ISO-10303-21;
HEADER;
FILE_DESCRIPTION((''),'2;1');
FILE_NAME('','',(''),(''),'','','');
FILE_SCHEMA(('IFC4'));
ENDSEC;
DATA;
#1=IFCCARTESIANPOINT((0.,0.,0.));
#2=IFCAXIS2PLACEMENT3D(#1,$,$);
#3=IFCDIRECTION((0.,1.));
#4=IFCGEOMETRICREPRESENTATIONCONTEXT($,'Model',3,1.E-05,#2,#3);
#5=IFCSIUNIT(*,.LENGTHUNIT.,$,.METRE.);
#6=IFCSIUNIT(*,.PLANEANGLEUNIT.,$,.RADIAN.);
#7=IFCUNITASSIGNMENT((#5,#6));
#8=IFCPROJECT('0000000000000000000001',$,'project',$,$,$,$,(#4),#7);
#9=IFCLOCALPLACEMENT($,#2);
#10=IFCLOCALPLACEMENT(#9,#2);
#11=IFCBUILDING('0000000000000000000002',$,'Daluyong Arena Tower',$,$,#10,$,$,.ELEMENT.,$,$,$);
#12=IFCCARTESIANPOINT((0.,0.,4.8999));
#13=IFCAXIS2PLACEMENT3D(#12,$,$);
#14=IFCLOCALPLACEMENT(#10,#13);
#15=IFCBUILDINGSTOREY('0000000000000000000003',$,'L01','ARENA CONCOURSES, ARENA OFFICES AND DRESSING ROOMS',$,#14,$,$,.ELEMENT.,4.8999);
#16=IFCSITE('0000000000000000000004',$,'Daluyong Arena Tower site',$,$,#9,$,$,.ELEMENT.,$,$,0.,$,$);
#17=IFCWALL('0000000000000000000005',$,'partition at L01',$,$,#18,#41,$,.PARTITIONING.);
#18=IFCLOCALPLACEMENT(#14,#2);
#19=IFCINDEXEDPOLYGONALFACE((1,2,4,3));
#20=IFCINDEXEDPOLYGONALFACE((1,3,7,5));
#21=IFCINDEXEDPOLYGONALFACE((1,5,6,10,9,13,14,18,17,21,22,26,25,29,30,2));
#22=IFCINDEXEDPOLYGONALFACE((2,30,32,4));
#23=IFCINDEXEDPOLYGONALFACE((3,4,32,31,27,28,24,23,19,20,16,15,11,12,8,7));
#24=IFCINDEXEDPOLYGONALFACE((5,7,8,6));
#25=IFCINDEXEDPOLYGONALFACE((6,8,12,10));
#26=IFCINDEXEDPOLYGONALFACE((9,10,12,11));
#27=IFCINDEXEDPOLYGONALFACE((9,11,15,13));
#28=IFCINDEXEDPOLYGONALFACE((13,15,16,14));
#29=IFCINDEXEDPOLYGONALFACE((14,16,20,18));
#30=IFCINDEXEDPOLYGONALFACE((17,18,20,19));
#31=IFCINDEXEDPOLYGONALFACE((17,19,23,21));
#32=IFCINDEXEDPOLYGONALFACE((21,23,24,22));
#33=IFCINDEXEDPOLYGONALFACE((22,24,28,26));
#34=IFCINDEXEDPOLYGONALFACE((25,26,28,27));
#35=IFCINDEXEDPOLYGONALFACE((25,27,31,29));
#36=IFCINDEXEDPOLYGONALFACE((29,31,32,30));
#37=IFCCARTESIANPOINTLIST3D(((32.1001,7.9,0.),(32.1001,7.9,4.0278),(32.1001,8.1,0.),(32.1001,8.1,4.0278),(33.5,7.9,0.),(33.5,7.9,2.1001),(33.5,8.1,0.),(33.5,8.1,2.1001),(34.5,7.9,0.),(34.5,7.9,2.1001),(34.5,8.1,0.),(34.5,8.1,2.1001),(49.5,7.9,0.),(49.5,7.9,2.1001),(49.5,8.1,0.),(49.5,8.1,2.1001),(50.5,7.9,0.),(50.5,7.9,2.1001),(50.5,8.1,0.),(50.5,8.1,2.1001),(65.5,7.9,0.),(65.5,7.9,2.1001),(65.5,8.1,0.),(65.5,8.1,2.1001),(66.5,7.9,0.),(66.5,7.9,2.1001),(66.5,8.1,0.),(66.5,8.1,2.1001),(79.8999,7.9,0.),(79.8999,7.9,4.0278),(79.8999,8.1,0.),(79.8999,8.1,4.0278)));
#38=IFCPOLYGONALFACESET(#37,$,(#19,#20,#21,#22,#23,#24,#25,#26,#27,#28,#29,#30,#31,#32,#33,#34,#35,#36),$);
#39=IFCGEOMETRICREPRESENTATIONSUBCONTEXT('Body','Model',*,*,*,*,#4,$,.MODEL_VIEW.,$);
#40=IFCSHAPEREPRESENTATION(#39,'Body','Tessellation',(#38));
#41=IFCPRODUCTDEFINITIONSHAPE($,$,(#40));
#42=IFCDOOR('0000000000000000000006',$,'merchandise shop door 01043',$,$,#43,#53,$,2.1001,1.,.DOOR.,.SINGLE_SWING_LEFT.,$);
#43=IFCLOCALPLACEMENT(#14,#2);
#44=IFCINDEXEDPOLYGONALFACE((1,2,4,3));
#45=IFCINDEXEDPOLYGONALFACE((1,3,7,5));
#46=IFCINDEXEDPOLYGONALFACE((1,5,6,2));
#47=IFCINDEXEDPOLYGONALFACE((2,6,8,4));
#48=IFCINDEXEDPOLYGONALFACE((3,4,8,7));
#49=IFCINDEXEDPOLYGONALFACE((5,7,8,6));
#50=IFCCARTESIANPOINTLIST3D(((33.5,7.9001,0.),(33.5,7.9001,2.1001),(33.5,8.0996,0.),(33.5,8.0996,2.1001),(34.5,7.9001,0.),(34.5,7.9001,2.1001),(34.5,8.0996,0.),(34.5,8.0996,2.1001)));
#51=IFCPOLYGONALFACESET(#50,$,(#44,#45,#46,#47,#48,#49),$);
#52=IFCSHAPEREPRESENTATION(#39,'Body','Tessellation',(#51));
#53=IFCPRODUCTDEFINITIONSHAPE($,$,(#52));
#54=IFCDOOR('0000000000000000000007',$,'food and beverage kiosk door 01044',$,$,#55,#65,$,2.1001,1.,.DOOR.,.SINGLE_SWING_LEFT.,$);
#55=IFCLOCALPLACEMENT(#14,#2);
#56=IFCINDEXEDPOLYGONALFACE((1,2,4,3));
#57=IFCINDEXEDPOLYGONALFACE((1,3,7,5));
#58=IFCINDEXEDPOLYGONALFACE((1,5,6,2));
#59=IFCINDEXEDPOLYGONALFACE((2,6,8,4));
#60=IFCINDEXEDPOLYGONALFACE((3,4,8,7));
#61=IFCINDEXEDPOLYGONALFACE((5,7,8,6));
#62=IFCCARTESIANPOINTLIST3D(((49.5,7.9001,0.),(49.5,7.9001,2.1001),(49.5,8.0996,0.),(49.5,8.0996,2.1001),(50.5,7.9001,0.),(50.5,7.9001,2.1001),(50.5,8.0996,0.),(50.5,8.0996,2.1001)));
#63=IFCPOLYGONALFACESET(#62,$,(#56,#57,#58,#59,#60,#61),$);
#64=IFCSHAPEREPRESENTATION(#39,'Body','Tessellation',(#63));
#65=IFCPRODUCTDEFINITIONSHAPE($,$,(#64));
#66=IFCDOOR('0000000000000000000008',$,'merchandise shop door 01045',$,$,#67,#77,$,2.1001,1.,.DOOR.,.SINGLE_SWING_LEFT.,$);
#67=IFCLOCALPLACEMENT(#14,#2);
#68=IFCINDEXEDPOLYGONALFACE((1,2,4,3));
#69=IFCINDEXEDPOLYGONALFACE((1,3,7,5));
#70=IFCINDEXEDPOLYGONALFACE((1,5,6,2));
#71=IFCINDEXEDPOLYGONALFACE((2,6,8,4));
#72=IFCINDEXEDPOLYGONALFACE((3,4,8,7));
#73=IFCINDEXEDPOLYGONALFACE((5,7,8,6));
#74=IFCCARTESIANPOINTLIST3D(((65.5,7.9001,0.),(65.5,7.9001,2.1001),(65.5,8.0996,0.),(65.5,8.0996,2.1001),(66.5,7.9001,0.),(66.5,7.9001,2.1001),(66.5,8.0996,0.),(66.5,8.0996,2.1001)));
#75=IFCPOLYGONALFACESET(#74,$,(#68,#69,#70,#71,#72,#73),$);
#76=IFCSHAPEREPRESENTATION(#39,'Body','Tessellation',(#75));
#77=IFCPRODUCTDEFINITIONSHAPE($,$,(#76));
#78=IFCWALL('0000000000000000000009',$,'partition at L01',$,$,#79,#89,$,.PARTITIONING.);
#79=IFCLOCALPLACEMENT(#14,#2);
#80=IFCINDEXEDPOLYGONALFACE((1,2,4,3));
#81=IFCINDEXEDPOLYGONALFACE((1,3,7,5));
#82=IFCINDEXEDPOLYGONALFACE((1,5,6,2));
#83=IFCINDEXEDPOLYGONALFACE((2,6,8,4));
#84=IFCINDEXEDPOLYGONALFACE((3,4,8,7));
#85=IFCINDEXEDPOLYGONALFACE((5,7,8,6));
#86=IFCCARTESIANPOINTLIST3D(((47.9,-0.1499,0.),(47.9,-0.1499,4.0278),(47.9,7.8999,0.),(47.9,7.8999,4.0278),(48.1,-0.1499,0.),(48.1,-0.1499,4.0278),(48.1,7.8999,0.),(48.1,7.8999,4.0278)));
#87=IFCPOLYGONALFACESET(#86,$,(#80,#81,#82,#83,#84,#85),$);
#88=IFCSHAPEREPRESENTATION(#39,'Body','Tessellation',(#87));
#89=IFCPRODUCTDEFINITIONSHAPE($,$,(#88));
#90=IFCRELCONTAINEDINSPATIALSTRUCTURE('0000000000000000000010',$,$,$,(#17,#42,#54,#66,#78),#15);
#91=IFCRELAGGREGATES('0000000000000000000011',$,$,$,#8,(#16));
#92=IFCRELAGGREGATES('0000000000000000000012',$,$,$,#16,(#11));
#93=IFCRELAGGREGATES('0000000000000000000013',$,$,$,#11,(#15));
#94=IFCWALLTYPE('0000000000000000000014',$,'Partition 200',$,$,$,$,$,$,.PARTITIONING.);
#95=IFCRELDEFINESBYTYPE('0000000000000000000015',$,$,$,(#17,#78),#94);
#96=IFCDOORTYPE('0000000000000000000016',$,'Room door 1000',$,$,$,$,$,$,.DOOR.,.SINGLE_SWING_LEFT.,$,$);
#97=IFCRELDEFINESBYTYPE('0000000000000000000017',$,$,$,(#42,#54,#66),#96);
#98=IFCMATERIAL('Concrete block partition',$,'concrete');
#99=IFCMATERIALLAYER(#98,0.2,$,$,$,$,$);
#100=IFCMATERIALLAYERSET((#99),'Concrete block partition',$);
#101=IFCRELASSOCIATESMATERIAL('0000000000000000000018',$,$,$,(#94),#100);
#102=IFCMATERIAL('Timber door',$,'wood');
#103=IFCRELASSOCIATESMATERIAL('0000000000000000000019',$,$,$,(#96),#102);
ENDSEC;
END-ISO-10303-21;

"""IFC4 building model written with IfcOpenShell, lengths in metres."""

from ifc_helpers import new_model, si_unit, direction, frame, frame_2d, origin, place, context, subcontext, project, spatial, rectangle, extrude, material, layer, layer_set, type_object, element, fill, save


model = new_model("IFC4")

# Units and contexts
model_context = context("Model", 3, precision=1e-05, world=origin(), true_north=direction((0.0, 1.0)))
body_context = subcontext(model_context, "Body", "Model", "MODEL_VIEW")
ifc_project = project(units=[si_unit("LENGTHUNIT", "METRE"), si_unit("PLANEANGLEUNIT", "RADIAN")], contexts=[model_context])

# Site, building, storey
site_placement = place(None, origin())
site = spatial("IfcSite", under=ifc_project, at=site_placement, Name="Daluyong Arena Tower site", CompositionType="ELEMENT", RefElevation=0.0)
building_placement = place(site_placement, origin())
building = spatial("IfcBuilding", under=site, at=building_placement, Name="Daluyong Arena Tower", CompositionType="ELEMENT")
storey_placement = place(building_placement, frame((0.0, 0.0, 4.8999)))
storey = spatial("IfcBuildingStorey", under=building, at=storey_placement, Name="L01", Description="ARENA CONCOURSES, ARENA OFFICES AND DRESSING ROOMS", CompositionType="ELEMENT", Elevation=4.8999)

# Wall, openings, doors
ifc_material_1 = material(Name="Concrete block partition", Category="concrete")
ifc_layer = layer(ifc_material_1, 0.2)
ifc_layer_set = layer_set([ifc_layer], Name="Concrete block partition")
wall_type = type_object("IfcWallType", Name="Partition 200", PredefinedType="PARTITIONING", material=ifc_layer_set)
wall_1_placement = place(storey_placement, frame((32.1001, 8.0, 0.0), z_axis=(0.0, 0.0, 1.0), x_axis=(1.0, 0.0, 0.0)))
wall_1 = element("IfcWall", 1, at=wall_1_placement, inside=storey, type_object=wall_type, Name="partition at L01", PredefinedType="PARTITIONING", context=body_context, shape_type="SweptSolid", body=[
    extrude(rectangle(XDim=47.7998, YDim=0.2, at=frame_2d((23.8999, 0.0))), origin(), (0.0, 0.0, 1.0), 4.0278),
])
opening_1_placement = place(wall_1_placement, frame((1.3999, 0.0, 0.0)))
opening_1 = element("IfcOpeningElement", 2, at=opening_1_placement, cuts=wall_1, PredefinedType="OPENING", context=body_context, shape_type="SweptSolid", body=[
    extrude(rectangle(XDim=1.0, YDim=2.1001, at=frame_2d((0.5, 1.05))), frame((0.0, 0.1099, 0.0), z_axis=(0.0, -1.0, 0.0), x_axis=(1.0, 0.0, 0.0)), (0.0, 0.0, 1.0), 0.22),
])
opening_2_placement = place(wall_1_placement, frame((17.3999, 0.0, 0.0)))
opening_2 = element("IfcOpeningElement", 3, at=opening_2_placement, cuts=wall_1, PredefinedType="OPENING", context=body_context, shape_type="SweptSolid", body=[
    extrude(rectangle(XDim=1.0, YDim=2.1001, at=frame_2d((0.5, 1.05))), frame((0.0, 0.1099, 0.0), z_axis=(0.0, -1.0, 0.0), x_axis=(1.0, 0.0, 0.0)), (0.0, 0.0, 1.0), 0.22),
])
opening_3_placement = place(wall_1_placement, frame((33.3999, 0.0, 0.0)))
opening_3 = element("IfcOpeningElement", 4, at=opening_3_placement, cuts=wall_1, PredefinedType="OPENING", context=body_context, shape_type="SweptSolid", body=[
    extrude(rectangle(XDim=1.0, YDim=2.1001, at=frame_2d((0.5, 1.05))), frame((0.0, 0.1099, 0.0), z_axis=(0.0, -1.0, 0.0), x_axis=(1.0, 0.0, 0.0)), (0.0, 0.0, 1.0), 0.22),
])
ifc_material_2 = material(Name="Timber door", Category="wood")
door_type = type_object("IfcDoorType", Name="Room door 1000", OperationType="SINGLE_SWING_LEFT", PredefinedType="DOOR", material=ifc_material_2)
door_1_placement = place(opening_1_placement, origin())
door_1 = element("IfcDoor", 5, at=door_1_placement, inside=storey, type_object=door_type, Name="merchandise shop door 01043", OperationType="SINGLE_SWING_LEFT", OverallHeight=2.1001, OverallWidth=1.0, PredefinedType="DOOR", context=body_context, shape_type="SweptSolid", body=[
    extrude(rectangle(XDim=1.0, YDim=2.1001, at=frame_2d((0.5, 1.05))), frame((0.0, 0.0996, 0.0), z_axis=(0.0, -1.0, 0.0), x_axis=(1.0, 0.0, 0.0)), (0.0, 0.0, 1.0), 0.1995),
])
fill(opening_1, door_1)
door_2_placement = place(opening_2_placement, origin())
door_2 = element("IfcDoor", 6, at=door_2_placement, inside=storey, type_object=door_type, Name="food and beverage kiosk door 01044", OperationType="SINGLE_SWING_LEFT", OverallHeight=2.1001, OverallWidth=1.0, PredefinedType="DOOR", context=body_context, shape_type="SweptSolid", body=[
    extrude(rectangle(XDim=1.0, YDim=2.1001, at=frame_2d((0.5, 1.05))), frame((0.0, 0.0996, 0.0), z_axis=(0.0, -1.0, 0.0), x_axis=(1.0, 0.0, 0.0)), (0.0, 0.0, 1.0), 0.1995),
])
fill(opening_2, door_2)
door_3_placement = place(opening_3_placement, origin())
door_3 = element("IfcDoor", 7, at=door_3_placement, inside=storey, type_object=door_type, Name="merchandise shop door 01045", OperationType="SINGLE_SWING_LEFT", OverallHeight=2.1001, OverallWidth=1.0, PredefinedType="DOOR", context=body_context, shape_type="SweptSolid", body=[
    extrude(rectangle(XDim=1.0, YDim=2.1001, at=frame_2d((0.5, 1.05))), frame((0.0, 0.0996, 0.0), z_axis=(0.0, -1.0, 0.0), x_axis=(1.0, 0.0, 0.0)), (0.0, 0.0, 1.0), 0.1995),
])
fill(opening_3, door_3)

# Wall
wall_2_placement = place(storey_placement, frame((48.0, -0.1499, 0.0), z_axis=(0.0, 0.0, 1.0), x_axis=(0.0, 1.0, 0.0)))
element("IfcWall", 8, at=wall_2_placement, inside=storey, type_object=wall_type, Name="partition at L01", PredefinedType="PARTITIONING", context=body_context, shape_type="SweptSolid", body=[
    extrude(rectangle(XDim=8.0498, YDim=0.2, at=frame_2d((4.0249, 0.0))), origin(), (0.0, 0.0, 1.0), 4.0278),
])

save(model, "model.ifc")
